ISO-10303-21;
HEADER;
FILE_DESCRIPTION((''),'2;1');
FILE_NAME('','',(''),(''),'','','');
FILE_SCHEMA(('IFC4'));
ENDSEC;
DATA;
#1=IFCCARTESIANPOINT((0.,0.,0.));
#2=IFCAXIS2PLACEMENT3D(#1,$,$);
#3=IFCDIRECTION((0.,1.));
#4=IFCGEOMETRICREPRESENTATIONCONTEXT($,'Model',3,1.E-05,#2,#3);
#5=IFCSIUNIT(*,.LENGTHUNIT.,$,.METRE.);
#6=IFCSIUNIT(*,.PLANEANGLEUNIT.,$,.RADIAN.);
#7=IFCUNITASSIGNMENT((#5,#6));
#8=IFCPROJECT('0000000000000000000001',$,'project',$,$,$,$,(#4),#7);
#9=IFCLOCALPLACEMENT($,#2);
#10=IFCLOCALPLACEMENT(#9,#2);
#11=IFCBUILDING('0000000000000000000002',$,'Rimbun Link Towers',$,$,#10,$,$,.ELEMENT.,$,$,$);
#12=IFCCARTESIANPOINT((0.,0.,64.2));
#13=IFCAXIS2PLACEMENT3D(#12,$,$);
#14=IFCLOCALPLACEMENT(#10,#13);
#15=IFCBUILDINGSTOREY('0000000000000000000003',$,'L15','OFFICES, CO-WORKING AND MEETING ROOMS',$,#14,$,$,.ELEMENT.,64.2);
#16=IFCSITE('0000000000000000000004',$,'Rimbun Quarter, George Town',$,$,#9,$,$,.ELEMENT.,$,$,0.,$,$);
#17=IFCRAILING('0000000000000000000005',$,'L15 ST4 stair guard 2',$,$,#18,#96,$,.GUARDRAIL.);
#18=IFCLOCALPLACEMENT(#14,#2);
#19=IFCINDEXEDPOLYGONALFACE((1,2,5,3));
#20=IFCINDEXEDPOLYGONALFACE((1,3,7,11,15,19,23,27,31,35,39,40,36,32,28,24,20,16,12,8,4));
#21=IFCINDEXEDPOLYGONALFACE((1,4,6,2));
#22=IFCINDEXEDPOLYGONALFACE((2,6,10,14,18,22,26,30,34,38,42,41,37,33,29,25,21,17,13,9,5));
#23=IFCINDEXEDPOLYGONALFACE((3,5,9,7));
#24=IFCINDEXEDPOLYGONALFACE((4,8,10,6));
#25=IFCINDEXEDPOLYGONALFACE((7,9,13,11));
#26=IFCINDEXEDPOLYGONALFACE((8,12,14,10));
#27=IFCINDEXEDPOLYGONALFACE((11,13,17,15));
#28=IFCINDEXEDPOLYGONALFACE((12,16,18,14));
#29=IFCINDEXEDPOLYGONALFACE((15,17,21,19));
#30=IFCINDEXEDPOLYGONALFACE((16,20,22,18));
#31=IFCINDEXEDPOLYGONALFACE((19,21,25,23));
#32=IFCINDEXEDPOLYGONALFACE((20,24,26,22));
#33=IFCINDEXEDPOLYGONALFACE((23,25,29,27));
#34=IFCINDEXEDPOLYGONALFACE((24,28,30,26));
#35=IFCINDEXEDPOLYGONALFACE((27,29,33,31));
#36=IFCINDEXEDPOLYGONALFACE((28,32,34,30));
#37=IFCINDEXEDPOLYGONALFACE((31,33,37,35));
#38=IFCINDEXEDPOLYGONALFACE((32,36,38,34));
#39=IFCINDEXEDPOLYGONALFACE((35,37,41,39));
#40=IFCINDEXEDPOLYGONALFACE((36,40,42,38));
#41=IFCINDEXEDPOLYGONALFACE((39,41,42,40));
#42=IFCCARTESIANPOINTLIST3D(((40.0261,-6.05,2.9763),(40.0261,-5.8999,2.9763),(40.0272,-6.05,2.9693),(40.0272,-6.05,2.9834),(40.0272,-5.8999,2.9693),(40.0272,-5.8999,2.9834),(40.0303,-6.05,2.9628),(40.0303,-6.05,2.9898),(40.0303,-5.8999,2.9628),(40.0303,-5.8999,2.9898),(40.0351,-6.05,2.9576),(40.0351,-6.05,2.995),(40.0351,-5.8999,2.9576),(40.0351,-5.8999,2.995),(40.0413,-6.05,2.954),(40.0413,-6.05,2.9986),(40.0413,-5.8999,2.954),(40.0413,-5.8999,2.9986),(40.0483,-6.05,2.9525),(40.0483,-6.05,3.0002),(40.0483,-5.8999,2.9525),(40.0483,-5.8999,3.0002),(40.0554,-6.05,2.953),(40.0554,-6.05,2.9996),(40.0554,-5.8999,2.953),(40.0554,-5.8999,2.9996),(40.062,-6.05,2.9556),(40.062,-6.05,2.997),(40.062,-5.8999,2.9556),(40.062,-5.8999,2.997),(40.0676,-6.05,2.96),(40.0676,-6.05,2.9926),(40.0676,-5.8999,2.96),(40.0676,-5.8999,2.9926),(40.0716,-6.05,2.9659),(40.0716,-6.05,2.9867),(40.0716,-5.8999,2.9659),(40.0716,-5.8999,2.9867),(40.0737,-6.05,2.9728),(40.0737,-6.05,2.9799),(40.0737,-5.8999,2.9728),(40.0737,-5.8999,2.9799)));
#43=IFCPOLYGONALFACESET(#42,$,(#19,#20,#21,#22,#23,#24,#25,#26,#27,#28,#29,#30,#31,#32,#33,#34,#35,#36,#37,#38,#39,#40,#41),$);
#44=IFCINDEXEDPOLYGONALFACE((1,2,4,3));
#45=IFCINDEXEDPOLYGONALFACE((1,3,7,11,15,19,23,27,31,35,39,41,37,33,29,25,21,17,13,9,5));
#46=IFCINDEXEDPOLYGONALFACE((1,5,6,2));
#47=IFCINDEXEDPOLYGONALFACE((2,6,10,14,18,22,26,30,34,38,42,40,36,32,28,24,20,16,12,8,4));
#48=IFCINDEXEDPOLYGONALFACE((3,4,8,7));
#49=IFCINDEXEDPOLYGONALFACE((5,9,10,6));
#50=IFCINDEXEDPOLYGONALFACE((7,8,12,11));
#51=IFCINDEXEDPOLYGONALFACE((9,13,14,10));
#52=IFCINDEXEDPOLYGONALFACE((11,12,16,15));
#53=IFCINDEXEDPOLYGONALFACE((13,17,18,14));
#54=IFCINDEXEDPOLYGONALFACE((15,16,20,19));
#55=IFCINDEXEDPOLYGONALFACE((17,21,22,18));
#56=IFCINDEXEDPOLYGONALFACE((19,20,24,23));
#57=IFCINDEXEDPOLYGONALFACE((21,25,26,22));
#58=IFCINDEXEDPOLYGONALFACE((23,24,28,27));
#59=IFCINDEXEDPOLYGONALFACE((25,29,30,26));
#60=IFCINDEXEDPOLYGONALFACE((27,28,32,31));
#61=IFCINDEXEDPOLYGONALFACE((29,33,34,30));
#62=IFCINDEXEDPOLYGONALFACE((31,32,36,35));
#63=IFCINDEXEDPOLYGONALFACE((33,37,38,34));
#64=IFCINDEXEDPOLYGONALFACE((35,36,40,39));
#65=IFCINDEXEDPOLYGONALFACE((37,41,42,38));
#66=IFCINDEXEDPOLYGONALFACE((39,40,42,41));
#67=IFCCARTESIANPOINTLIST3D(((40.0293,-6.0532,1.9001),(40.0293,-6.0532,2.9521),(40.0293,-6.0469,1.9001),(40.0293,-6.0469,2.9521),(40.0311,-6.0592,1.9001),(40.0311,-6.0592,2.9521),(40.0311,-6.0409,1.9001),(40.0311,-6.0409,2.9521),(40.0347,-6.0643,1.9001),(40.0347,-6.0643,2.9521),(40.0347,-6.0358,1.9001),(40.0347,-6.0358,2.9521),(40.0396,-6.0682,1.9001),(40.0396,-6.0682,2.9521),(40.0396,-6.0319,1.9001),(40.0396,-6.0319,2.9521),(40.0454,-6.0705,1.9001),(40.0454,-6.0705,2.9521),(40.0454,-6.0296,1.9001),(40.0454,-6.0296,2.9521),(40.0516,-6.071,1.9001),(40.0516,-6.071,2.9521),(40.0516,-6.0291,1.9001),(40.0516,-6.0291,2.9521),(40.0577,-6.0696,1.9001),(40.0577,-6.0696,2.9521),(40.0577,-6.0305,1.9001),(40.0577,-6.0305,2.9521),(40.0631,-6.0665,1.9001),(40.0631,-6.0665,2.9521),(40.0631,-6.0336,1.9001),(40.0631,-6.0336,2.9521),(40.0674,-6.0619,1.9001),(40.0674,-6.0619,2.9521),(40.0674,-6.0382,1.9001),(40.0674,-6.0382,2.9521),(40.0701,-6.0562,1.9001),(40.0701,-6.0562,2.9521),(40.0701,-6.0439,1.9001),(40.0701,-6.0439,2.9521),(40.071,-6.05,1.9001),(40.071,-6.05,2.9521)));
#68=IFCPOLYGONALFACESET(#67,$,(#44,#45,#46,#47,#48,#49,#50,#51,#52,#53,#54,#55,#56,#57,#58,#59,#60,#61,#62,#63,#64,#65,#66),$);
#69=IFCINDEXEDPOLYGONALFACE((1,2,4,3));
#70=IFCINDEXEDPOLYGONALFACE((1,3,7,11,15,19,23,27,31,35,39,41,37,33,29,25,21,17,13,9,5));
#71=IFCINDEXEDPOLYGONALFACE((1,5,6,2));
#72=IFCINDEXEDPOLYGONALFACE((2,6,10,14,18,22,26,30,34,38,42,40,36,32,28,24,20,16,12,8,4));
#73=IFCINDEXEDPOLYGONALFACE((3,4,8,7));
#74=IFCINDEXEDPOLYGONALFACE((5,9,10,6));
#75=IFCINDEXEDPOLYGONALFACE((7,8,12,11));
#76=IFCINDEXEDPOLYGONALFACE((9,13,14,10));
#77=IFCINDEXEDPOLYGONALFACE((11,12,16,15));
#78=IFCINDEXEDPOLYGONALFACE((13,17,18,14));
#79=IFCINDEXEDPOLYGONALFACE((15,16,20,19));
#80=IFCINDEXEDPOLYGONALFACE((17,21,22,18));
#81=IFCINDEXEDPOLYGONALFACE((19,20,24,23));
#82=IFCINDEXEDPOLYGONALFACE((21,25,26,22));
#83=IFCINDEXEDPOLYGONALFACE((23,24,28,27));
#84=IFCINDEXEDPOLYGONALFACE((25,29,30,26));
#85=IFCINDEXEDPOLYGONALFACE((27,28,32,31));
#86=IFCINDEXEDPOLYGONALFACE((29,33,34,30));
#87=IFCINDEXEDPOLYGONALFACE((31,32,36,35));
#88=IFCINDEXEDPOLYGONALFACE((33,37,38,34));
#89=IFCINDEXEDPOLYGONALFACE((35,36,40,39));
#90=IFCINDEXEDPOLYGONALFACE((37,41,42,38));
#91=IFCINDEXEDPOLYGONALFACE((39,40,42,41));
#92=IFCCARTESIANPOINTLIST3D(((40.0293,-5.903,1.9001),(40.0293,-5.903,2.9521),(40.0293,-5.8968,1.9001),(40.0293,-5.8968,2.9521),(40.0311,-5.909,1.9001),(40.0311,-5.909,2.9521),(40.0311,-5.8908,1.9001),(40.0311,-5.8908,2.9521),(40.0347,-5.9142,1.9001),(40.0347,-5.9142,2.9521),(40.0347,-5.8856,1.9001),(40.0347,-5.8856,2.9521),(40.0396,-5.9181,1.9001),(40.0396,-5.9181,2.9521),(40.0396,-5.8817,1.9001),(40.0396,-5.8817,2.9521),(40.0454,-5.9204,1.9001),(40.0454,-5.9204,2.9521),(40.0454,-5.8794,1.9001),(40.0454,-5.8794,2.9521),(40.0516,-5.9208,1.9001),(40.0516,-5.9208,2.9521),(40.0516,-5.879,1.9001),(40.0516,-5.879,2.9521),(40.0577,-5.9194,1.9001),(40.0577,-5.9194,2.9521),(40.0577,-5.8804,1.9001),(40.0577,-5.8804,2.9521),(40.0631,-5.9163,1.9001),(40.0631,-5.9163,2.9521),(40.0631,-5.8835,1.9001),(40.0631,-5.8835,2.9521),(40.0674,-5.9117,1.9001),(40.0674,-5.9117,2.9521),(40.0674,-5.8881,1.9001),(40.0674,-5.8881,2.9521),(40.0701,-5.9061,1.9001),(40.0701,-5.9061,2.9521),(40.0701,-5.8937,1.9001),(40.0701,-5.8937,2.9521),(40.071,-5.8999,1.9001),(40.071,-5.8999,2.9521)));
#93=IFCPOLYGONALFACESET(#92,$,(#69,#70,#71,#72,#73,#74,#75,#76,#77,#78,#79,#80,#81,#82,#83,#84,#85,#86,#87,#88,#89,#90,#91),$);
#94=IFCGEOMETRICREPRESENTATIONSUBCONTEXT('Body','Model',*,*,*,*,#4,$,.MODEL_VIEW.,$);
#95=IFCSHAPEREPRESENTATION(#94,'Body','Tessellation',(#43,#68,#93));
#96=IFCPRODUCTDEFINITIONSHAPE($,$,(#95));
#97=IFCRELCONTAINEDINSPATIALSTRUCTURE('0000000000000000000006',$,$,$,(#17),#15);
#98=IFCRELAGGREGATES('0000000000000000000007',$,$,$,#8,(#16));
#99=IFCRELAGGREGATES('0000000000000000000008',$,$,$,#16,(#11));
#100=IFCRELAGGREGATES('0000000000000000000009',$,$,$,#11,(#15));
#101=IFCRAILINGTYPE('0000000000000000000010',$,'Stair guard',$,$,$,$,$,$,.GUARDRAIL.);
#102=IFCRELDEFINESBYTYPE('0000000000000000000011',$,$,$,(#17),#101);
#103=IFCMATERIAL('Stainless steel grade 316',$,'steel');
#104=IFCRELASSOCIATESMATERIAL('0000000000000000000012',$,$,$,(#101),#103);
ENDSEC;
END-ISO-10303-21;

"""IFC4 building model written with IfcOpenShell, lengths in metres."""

from ifc_helpers import new_model, si_unit, direction, frame, origin, origin_2d, place, context, subcontext, project, spatial, circle, extrude, material, type_object, element, save


model = new_model("IFC4")

# Units and contexts
model_context = context("Model", 3, precision=1e-05, world=origin(), true_north=direction((0.0, 1.0)))
body_context = subcontext(model_context, "Body", "Model", "MODEL_VIEW")
ifc_project = project(units=[si_unit("LENGTHUNIT", "METRE"), si_unit("PLANEANGLEUNIT", "RADIAN")], contexts=[model_context])

# Site, building, storey
site_placement = place(None, origin())
site = spatial("IfcSite", under=ifc_project, at=site_placement, Name="Rimbun Quarter, George Town", CompositionType="ELEMENT", RefElevation=0.0)
building_placement = place(site_placement, origin())
building = spatial("IfcBuilding", under=site, at=building_placement, Name="Rimbun Link Towers", CompositionType="ELEMENT")
storey_placement = place(building_placement, frame((0.0, 0.0, 64.2)))
storey = spatial("IfcBuildingStorey", under=building, at=storey_placement, Name="L15", Description="OFFICES, CO-WORKING AND MEETING ROOMS", CompositionType="ELEMENT", Elevation=64.2)

# Railing
ifc_material_1 = material(Name="Stainless steel grade 316", Category="steel")
railing_type_1 = type_object("IfcRailingType", Name="Stair guard", PredefinedType="GUARDRAIL", material=ifc_material_1)
railing_1_placement = place(storey_placement, frame((40.05, -6.05, 1.9001)))
element("IfcRailing", 1, at=railing_1_placement, inside=storey, type_object=railing_type_1, Name="L15 ST4 stair guard 2", PredefinedType="GUARDRAIL", context=body_context, shape_type="SweptSolid", body=[
    extrude(circle(Radius=0.0239, at=origin_2d()), frame((0.0, 0.0, 1.0762), z_axis=(0.0, 1.0, 0.0), x_axis=(-1.0, 0.0, 0.0)), (0.0, 0.0, 1.0), 0.1501),
    extrude(circle(Radius=0.021, at=origin_2d()), origin(), (0.0, 0.0, 1.0), 1.052),
    extrude(circle(Radius=0.021, at=origin_2d()), frame((0.0, 0.1501, 0.0)), (0.0, 0.0, 1.0), 1.052),
])

save(model, "model.ifc")
